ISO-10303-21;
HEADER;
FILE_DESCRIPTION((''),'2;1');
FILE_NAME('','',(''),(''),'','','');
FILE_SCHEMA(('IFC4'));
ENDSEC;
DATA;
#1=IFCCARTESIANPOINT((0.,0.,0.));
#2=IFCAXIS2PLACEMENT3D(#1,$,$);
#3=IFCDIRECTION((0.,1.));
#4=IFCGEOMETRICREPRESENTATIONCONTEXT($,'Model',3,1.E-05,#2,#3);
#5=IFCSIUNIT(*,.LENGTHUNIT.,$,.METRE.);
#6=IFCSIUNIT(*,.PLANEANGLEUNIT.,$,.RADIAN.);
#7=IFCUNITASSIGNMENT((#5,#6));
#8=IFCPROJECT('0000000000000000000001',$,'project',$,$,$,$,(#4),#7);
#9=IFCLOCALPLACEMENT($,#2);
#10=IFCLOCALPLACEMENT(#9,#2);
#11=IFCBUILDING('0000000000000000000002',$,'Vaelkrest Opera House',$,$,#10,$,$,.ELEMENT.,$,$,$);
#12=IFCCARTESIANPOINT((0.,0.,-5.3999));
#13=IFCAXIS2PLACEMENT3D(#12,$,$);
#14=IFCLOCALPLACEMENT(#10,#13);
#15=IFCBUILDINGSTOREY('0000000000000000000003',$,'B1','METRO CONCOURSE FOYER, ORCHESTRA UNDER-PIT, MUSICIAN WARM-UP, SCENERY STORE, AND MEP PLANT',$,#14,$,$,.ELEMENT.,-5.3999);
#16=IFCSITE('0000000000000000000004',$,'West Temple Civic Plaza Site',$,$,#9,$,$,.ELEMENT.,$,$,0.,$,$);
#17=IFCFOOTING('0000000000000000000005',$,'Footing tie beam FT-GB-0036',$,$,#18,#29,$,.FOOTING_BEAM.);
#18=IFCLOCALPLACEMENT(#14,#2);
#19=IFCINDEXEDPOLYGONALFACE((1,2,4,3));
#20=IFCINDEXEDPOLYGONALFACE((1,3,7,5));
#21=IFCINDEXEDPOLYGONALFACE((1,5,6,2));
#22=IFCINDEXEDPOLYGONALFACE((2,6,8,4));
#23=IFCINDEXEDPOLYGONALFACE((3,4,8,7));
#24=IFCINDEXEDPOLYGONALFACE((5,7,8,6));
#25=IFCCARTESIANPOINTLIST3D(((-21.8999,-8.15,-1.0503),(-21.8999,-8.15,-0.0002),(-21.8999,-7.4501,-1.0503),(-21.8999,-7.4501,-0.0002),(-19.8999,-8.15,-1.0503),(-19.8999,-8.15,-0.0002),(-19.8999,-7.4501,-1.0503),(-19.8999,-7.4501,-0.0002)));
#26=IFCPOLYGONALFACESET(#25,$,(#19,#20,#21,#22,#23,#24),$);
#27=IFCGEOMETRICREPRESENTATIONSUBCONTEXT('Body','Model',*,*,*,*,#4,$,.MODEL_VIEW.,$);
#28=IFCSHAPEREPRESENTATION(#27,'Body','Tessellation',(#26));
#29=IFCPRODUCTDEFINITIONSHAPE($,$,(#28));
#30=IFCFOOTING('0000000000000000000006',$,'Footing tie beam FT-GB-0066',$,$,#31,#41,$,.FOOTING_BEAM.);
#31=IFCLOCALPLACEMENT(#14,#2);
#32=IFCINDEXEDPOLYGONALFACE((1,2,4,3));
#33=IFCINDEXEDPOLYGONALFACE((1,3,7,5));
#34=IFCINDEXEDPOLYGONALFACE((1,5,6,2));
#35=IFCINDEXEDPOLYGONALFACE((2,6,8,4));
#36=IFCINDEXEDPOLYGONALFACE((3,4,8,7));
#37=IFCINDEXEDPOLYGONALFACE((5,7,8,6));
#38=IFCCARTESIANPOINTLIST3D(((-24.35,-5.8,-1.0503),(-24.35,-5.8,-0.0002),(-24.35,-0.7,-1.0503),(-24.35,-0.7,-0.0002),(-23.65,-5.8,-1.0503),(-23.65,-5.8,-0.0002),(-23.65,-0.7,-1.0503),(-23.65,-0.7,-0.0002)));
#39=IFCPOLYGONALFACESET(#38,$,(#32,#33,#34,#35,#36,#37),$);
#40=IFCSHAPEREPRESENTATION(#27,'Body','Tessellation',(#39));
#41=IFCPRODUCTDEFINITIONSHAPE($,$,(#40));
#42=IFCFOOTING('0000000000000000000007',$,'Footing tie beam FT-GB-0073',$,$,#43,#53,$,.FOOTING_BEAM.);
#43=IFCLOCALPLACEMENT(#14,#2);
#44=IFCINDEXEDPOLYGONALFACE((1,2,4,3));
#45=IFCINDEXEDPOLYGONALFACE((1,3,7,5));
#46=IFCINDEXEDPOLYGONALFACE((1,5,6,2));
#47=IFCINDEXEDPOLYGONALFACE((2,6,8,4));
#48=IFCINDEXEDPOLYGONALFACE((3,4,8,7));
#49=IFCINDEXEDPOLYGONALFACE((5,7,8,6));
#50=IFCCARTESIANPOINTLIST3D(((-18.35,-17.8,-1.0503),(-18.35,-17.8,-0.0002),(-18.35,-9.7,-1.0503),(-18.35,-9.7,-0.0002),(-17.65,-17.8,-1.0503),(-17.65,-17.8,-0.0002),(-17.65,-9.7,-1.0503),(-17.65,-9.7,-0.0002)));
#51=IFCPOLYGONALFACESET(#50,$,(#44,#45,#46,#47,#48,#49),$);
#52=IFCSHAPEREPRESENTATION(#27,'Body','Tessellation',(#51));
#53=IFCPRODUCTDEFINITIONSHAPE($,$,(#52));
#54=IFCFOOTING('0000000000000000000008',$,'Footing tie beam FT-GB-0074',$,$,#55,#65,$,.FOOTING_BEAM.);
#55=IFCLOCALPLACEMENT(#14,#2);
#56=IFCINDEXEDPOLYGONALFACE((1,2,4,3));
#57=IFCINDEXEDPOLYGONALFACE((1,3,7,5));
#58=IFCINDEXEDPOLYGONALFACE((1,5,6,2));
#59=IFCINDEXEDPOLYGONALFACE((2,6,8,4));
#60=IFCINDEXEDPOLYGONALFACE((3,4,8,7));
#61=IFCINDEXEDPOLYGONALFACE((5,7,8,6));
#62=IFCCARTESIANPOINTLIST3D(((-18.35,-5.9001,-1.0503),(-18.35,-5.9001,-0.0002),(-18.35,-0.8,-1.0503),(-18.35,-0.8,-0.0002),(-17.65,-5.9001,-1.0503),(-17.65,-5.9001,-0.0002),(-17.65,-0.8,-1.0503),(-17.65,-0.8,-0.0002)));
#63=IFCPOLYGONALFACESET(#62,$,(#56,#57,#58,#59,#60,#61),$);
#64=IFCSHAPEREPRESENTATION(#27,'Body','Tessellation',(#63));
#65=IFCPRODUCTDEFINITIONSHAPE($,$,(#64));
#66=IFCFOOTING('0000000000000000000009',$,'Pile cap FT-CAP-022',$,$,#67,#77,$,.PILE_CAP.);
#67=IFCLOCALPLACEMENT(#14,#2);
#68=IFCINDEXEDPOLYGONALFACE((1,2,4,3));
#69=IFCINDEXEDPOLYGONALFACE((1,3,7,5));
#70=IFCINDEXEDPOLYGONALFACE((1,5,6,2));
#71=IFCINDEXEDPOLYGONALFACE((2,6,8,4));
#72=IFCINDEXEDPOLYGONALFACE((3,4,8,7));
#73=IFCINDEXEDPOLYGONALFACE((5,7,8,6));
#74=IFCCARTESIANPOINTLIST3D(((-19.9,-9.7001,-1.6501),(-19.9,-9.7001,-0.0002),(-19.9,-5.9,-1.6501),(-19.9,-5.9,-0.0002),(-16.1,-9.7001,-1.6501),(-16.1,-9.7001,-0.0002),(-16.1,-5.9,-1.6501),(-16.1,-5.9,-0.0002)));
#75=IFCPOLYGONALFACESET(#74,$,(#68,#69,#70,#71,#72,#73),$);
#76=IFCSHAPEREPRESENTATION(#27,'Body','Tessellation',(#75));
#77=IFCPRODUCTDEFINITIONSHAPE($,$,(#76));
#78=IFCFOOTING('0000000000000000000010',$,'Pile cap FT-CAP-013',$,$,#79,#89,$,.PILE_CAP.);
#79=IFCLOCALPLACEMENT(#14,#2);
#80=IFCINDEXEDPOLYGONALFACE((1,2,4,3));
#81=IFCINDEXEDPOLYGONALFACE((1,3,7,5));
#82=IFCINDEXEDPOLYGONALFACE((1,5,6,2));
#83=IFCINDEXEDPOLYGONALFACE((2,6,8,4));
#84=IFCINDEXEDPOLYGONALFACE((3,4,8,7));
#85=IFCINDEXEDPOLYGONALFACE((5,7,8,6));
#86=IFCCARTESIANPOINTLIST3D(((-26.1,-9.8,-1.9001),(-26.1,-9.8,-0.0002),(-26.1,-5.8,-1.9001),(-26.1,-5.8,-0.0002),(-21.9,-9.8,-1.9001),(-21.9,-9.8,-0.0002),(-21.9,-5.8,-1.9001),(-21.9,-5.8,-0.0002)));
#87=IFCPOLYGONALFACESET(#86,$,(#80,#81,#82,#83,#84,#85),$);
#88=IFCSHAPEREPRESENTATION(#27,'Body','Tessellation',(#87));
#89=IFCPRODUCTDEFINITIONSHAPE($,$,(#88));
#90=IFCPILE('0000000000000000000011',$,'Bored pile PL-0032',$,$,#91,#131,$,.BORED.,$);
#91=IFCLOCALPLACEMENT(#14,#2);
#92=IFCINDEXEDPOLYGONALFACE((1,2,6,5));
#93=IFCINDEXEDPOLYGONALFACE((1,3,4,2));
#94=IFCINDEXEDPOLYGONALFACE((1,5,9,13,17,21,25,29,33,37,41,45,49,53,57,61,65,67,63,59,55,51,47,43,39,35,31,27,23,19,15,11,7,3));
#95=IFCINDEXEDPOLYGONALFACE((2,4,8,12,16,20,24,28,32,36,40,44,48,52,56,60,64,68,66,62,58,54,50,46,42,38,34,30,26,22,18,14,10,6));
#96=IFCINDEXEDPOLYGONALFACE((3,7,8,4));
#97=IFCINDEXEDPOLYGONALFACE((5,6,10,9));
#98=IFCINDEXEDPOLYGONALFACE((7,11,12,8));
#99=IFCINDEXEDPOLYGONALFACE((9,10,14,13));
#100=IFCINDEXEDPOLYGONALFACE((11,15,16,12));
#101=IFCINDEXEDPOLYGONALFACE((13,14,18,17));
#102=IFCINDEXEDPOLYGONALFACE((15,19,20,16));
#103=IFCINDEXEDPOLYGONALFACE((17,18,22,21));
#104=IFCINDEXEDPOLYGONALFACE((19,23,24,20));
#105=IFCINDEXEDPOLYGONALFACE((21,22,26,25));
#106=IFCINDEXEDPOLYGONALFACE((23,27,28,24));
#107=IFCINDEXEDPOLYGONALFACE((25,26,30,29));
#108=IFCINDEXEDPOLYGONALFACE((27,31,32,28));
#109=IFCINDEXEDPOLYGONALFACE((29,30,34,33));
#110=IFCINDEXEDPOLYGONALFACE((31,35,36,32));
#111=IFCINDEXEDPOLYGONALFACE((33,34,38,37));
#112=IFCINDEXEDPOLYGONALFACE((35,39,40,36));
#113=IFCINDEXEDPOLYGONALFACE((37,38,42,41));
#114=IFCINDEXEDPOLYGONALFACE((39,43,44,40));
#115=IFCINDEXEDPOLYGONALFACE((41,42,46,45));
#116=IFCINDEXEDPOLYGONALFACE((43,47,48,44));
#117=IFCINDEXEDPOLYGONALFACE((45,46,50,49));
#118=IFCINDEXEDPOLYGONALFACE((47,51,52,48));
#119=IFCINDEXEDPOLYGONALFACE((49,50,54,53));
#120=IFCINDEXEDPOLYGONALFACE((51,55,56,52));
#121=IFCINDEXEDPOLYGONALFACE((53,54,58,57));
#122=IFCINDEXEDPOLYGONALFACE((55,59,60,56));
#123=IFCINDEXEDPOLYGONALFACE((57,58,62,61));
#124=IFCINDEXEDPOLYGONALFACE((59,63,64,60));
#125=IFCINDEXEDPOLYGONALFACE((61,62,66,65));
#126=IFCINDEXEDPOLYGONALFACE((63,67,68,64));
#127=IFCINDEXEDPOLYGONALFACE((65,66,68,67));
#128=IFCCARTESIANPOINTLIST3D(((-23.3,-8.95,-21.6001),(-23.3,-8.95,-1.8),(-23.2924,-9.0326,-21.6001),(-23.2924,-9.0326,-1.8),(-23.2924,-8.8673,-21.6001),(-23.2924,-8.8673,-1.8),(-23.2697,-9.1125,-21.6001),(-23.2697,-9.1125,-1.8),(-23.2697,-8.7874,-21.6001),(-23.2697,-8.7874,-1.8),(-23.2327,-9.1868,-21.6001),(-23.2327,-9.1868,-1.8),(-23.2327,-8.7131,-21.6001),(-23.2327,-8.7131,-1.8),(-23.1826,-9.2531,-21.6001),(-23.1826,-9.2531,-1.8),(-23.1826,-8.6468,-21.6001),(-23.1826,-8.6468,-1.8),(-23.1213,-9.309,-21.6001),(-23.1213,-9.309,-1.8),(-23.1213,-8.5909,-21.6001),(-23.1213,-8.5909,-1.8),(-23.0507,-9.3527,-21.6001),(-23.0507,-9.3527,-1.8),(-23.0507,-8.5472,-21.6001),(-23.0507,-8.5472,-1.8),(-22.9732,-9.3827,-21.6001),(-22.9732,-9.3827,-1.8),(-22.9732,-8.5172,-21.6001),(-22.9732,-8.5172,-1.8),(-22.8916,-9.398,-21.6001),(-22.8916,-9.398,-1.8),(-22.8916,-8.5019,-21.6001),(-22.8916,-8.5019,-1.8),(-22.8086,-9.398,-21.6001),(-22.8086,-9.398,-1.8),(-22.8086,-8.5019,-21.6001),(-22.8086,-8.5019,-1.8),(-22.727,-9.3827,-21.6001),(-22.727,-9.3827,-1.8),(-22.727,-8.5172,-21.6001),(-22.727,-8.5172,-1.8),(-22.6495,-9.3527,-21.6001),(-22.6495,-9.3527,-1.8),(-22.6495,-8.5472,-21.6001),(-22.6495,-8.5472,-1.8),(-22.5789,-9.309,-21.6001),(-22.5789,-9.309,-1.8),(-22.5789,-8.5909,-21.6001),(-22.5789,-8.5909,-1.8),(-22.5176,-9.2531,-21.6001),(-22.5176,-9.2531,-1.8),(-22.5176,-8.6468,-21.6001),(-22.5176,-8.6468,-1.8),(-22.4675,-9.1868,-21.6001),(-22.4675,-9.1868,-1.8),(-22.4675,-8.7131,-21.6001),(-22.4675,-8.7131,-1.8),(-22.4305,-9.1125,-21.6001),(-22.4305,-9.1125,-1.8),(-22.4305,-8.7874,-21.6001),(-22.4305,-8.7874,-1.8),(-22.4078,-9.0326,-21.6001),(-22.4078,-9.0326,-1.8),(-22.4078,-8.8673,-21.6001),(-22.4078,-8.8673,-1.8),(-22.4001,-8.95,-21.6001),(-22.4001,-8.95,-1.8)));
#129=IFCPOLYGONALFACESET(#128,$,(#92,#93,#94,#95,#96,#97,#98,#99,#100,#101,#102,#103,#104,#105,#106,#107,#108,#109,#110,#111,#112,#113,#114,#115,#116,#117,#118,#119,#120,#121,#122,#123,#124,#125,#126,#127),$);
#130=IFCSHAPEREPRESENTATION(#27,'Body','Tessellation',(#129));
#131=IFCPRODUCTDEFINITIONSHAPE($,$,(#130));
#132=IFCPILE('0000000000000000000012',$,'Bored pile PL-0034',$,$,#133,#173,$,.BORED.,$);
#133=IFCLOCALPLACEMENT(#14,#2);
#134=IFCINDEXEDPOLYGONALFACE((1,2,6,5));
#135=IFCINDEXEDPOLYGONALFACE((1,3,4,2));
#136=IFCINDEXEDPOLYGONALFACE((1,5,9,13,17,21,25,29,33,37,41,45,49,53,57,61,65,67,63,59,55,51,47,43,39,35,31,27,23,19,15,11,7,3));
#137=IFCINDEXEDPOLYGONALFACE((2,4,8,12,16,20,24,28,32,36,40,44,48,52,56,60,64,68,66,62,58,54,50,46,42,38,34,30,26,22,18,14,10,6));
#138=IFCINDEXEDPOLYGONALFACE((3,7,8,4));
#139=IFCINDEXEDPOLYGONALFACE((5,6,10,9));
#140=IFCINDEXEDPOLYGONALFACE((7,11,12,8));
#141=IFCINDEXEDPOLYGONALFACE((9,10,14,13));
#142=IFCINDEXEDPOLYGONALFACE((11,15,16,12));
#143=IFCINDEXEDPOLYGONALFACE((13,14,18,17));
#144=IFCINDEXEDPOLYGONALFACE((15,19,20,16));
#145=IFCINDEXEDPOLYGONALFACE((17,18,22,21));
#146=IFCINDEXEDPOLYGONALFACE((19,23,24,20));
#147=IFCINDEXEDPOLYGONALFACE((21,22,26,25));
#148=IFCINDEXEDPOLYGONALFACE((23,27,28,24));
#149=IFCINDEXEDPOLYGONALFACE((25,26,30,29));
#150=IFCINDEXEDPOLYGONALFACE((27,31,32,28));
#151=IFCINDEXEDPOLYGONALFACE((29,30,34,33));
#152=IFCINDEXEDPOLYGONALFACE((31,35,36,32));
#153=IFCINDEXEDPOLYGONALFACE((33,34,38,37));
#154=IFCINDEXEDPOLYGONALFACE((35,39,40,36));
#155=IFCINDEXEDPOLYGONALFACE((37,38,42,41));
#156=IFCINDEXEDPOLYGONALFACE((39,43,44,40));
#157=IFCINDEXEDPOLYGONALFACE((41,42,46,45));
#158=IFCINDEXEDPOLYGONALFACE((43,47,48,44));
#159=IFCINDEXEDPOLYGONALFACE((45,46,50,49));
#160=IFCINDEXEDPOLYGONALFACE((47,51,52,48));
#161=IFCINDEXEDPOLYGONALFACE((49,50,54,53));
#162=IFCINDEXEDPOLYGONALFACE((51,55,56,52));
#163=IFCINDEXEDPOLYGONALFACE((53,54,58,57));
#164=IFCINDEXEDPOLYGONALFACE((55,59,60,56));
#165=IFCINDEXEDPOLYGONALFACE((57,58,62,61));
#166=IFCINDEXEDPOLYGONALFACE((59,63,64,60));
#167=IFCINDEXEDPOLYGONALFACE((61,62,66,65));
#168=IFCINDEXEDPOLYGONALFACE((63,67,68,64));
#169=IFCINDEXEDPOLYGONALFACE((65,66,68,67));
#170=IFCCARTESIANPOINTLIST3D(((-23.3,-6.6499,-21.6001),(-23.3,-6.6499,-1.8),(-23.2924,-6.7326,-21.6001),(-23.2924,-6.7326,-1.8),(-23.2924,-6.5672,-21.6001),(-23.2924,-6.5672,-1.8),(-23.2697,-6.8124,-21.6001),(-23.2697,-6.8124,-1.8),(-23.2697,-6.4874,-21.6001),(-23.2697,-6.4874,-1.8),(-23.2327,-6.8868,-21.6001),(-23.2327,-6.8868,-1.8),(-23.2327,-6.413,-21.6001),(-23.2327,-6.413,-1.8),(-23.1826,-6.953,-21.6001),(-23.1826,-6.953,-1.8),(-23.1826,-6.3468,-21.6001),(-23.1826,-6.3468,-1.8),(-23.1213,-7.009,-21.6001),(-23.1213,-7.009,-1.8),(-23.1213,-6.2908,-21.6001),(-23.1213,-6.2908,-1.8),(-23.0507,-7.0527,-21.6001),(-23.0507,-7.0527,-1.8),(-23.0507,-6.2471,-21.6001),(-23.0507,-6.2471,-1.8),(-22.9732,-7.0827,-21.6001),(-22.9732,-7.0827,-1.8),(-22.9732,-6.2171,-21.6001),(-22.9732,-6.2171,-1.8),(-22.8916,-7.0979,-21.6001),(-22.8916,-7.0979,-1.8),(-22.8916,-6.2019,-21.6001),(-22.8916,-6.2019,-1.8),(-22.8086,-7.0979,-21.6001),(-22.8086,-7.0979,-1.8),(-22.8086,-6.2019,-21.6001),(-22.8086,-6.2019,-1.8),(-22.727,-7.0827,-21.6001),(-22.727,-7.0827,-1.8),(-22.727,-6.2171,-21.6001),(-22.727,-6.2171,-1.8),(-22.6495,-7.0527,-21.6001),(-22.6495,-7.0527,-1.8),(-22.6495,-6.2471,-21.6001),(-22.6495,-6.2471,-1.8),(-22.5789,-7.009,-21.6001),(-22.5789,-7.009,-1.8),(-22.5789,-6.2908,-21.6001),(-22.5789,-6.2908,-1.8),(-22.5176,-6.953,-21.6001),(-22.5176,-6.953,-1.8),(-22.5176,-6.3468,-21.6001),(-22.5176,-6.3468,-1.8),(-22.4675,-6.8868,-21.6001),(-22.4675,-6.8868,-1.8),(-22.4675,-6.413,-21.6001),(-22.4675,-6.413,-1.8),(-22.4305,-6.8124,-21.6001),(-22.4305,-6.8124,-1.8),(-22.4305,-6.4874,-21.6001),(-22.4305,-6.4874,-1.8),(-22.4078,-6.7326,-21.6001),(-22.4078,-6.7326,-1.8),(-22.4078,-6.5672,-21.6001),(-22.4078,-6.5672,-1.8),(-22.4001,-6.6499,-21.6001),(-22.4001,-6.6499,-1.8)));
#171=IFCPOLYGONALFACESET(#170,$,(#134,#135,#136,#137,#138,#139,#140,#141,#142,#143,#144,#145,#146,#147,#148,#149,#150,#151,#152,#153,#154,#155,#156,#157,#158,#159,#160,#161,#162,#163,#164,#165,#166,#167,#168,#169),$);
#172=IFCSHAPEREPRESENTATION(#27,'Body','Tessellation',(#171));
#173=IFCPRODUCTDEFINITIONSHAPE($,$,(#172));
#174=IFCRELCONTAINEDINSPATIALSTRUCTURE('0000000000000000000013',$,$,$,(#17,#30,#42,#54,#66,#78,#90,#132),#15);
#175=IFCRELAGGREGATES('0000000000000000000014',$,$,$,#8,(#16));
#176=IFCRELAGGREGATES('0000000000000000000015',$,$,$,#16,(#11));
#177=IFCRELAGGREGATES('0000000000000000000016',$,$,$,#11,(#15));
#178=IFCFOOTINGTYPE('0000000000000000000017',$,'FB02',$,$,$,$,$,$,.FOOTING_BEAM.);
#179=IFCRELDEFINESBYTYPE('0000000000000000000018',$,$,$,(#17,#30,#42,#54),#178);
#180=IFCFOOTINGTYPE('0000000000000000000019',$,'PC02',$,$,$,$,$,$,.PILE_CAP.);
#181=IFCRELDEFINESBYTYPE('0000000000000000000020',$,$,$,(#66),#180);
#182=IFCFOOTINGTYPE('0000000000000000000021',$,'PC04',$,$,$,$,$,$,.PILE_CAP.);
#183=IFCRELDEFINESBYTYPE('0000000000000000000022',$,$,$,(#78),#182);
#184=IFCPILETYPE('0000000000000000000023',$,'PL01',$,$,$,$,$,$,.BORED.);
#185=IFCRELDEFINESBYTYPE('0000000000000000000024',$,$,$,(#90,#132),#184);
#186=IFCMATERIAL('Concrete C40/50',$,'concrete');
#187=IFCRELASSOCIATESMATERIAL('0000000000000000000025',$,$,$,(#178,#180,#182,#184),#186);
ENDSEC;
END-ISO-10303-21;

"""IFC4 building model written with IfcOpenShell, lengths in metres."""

from ifc_helpers import new_model, si_unit, direction, frame, origin, origin_2d, place, context, subcontext, project, spatial, rectangle, circle, extrude, material, material_profile, profile_set, type_object, element, save


model = new_model("IFC4")

# Units and contexts
model_context = context("Model", 3, precision=1e-05, world=origin(), true_north=direction((0.0, 1.0)))
body_context = subcontext(model_context, "Body", "Model", "MODEL_VIEW")
ifc_project = project(units=[si_unit("LENGTHUNIT", "METRE"), si_unit("PLANEANGLEUNIT", "RADIAN")], contexts=[model_context])

# Site, building, storey
site_placement = place(None, origin())
site = spatial("IfcSite", under=ifc_project, at=site_placement, Name="West Temple Civic Plaza Site", CompositionType="ELEMENT", RefElevation=0.0)
building_placement = place(site_placement, origin())
building = spatial("IfcBuilding", under=site, at=building_placement, Name="Vaelkrest Opera House", CompositionType="ELEMENT")
storey_placement = place(building_placement, frame((0.0, 0.0, -5.3999)))
storey = spatial("IfcBuildingStorey", under=building, at=storey_placement, Name="B1", Description="METRO CONCOURSE FOYER, ORCHESTRA UNDER-PIT, MUSICIAN WARM-UP, SCENERY STORE, AND MEP PLANT", CompositionType="ELEMENT", Elevation=-5.3999)

# Footings
ifc_material_1 = material(Name="Concrete C40/50", Category="concrete")
footing_type_1 = type_object("IfcFootingType", Name="FB02", PredefinedType="FOOTING_BEAM", material=ifc_material_1)
footing_1_placement = place(storey_placement, frame((-20.8999, -7.8, -1.0503), z_axis=(0.0, 0.0, 1.0), x_axis=(1.0, 0.0, 0.0)))
element("IfcFooting", 1, at=footing_1_placement, inside=storey, type_object=footing_type_1, Name="Footing tie beam FT-GB-0036", PredefinedType="FOOTING_BEAM", context=body_context, shape_type="SweptSolid", body=[
    extrude(rectangle(XDim=2.0, YDim=0.7, at=origin_2d()), origin(), (0.0, 0.0, 1.0), 1.05),
])
footing_2_placement = place(storey_placement, frame((-24.0, -3.25, -1.0503), z_axis=(0.0, 0.0, 1.0), x_axis=(0.0, 1.0, 0.0)))
element("IfcFooting", 2, at=footing_2_placement, inside=storey, type_object=footing_type_1, Name="Footing tie beam FT-GB-0066", PredefinedType="FOOTING_BEAM", context=body_context, shape_type="SweptSolid", body=[
    extrude(rectangle(XDim=5.1001, YDim=0.7, at=origin_2d()), origin(), (0.0, 0.0, 1.0), 1.05),
])
footing_3_placement = place(storey_placement, frame((-18.0, -13.75, -1.0503), z_axis=(0.0, 0.0, 1.0), x_axis=(0.0, 1.0, 0.0)))
element("IfcFooting", 3, at=footing_3_placement, inside=storey, type_object=footing_type_1, Name="Footing tie beam FT-GB-0073", PredefinedType="FOOTING_BEAM", context=body_context, shape_type="SweptSolid", body=[
    extrude(rectangle(XDim=8.1001, YDim=0.7, at=origin_2d()), origin(), (0.0, 0.0, 1.0), 1.05),
])
footing_4_placement = place(storey_placement, frame((-18.0, -3.3501, -1.0503), z_axis=(0.0, 0.0, 1.0), x_axis=(0.0, 1.0, 0.0)))
element("IfcFooting", 4, at=footing_4_placement, inside=storey, type_object=footing_type_1, Name="Footing tie beam FT-GB-0074", PredefinedType="FOOTING_BEAM", context=body_context, shape_type="SweptSolid", body=[
    extrude(rectangle(XDim=5.1001, YDim=0.7, at=origin_2d()), origin(), (0.0, 0.0, 1.0), 1.05),
])
footing_type_2 = type_object("IfcFootingType", Name="PC02", PredefinedType="PILE_CAP", material=ifc_material_1)
footing_5_placement = place(storey_placement, frame((-18.0, -7.8, -1.6501), z_axis=(0.0, 0.0, 1.0), x_axis=(1.0, 0.0, 0.0)))
element("IfcFooting", 5, at=footing_5_placement, inside=storey, type_object=footing_type_2, Name="Pile cap FT-CAP-022", PredefinedType="PILE_CAP", context=body_context, shape_type="SweptSolid", body=[
    extrude(rectangle(XDim=3.8, YDim=3.8, at=origin_2d()), origin(), (0.0, 0.0, 1.0), 1.6499),
])
footing_type_3 = type_object("IfcFootingType", Name="PC04", PredefinedType="PILE_CAP", material=ifc_material_1)
footing_6_placement = place(storey_placement, frame((-24.0, -7.8, -1.9001), z_axis=(0.0, 0.0, 1.0), x_axis=(1.0, 0.0, 0.0)))
element("IfcFooting", 6, at=footing_6_placement, inside=storey, type_object=footing_type_3, Name="Pile cap FT-CAP-013", PredefinedType="PILE_CAP", context=body_context, shape_type="SweptSolid", body=[
    extrude(rectangle(XDim=4.2, YDim=4.0, at=origin_2d()), origin(), (0.0, 0.0, 1.0), 1.8999),
])

# Piles
ifc_material_profile_1 = material_profile(ifc_material_1, circle(Radius=0.45, at=origin_2d()), Name="PILE900")
ifc_profile_set_1 = profile_set([ifc_material_profile_1], Name="Concrete C40/50")
pile_type = type_object("IfcPileType", Name="PL01", PredefinedType="BORED", material=ifc_profile_set_1)
for number, where, z_axis, x_axis, name in (
    (7, (-22.8501, -8.95, -1.8), (0.0, 0.0, -1.0), (1.0, 0.0, 0.0), "Bored pile PL-0032"),
    (8, (-22.8501, -6.6499, -1.8), (0.0, 0.0, -1.0), (1.0, 0.0, 0.0), "Bored pile PL-0034"),
):
    element("IfcPile", number, at=place(storey_placement, frame(where, z_axis=z_axis, x_axis=x_axis)), inside=storey, type_object=pile_type, Name=name, PredefinedType="BORED", context=body_context, shape_type="SweptSolid", body=[
        extrude(circle(Radius=0.45, at=origin_2d()), origin(), (0.0, 0.0, 1.0), 19.8),
    ])

save(model, "model.ifc")
